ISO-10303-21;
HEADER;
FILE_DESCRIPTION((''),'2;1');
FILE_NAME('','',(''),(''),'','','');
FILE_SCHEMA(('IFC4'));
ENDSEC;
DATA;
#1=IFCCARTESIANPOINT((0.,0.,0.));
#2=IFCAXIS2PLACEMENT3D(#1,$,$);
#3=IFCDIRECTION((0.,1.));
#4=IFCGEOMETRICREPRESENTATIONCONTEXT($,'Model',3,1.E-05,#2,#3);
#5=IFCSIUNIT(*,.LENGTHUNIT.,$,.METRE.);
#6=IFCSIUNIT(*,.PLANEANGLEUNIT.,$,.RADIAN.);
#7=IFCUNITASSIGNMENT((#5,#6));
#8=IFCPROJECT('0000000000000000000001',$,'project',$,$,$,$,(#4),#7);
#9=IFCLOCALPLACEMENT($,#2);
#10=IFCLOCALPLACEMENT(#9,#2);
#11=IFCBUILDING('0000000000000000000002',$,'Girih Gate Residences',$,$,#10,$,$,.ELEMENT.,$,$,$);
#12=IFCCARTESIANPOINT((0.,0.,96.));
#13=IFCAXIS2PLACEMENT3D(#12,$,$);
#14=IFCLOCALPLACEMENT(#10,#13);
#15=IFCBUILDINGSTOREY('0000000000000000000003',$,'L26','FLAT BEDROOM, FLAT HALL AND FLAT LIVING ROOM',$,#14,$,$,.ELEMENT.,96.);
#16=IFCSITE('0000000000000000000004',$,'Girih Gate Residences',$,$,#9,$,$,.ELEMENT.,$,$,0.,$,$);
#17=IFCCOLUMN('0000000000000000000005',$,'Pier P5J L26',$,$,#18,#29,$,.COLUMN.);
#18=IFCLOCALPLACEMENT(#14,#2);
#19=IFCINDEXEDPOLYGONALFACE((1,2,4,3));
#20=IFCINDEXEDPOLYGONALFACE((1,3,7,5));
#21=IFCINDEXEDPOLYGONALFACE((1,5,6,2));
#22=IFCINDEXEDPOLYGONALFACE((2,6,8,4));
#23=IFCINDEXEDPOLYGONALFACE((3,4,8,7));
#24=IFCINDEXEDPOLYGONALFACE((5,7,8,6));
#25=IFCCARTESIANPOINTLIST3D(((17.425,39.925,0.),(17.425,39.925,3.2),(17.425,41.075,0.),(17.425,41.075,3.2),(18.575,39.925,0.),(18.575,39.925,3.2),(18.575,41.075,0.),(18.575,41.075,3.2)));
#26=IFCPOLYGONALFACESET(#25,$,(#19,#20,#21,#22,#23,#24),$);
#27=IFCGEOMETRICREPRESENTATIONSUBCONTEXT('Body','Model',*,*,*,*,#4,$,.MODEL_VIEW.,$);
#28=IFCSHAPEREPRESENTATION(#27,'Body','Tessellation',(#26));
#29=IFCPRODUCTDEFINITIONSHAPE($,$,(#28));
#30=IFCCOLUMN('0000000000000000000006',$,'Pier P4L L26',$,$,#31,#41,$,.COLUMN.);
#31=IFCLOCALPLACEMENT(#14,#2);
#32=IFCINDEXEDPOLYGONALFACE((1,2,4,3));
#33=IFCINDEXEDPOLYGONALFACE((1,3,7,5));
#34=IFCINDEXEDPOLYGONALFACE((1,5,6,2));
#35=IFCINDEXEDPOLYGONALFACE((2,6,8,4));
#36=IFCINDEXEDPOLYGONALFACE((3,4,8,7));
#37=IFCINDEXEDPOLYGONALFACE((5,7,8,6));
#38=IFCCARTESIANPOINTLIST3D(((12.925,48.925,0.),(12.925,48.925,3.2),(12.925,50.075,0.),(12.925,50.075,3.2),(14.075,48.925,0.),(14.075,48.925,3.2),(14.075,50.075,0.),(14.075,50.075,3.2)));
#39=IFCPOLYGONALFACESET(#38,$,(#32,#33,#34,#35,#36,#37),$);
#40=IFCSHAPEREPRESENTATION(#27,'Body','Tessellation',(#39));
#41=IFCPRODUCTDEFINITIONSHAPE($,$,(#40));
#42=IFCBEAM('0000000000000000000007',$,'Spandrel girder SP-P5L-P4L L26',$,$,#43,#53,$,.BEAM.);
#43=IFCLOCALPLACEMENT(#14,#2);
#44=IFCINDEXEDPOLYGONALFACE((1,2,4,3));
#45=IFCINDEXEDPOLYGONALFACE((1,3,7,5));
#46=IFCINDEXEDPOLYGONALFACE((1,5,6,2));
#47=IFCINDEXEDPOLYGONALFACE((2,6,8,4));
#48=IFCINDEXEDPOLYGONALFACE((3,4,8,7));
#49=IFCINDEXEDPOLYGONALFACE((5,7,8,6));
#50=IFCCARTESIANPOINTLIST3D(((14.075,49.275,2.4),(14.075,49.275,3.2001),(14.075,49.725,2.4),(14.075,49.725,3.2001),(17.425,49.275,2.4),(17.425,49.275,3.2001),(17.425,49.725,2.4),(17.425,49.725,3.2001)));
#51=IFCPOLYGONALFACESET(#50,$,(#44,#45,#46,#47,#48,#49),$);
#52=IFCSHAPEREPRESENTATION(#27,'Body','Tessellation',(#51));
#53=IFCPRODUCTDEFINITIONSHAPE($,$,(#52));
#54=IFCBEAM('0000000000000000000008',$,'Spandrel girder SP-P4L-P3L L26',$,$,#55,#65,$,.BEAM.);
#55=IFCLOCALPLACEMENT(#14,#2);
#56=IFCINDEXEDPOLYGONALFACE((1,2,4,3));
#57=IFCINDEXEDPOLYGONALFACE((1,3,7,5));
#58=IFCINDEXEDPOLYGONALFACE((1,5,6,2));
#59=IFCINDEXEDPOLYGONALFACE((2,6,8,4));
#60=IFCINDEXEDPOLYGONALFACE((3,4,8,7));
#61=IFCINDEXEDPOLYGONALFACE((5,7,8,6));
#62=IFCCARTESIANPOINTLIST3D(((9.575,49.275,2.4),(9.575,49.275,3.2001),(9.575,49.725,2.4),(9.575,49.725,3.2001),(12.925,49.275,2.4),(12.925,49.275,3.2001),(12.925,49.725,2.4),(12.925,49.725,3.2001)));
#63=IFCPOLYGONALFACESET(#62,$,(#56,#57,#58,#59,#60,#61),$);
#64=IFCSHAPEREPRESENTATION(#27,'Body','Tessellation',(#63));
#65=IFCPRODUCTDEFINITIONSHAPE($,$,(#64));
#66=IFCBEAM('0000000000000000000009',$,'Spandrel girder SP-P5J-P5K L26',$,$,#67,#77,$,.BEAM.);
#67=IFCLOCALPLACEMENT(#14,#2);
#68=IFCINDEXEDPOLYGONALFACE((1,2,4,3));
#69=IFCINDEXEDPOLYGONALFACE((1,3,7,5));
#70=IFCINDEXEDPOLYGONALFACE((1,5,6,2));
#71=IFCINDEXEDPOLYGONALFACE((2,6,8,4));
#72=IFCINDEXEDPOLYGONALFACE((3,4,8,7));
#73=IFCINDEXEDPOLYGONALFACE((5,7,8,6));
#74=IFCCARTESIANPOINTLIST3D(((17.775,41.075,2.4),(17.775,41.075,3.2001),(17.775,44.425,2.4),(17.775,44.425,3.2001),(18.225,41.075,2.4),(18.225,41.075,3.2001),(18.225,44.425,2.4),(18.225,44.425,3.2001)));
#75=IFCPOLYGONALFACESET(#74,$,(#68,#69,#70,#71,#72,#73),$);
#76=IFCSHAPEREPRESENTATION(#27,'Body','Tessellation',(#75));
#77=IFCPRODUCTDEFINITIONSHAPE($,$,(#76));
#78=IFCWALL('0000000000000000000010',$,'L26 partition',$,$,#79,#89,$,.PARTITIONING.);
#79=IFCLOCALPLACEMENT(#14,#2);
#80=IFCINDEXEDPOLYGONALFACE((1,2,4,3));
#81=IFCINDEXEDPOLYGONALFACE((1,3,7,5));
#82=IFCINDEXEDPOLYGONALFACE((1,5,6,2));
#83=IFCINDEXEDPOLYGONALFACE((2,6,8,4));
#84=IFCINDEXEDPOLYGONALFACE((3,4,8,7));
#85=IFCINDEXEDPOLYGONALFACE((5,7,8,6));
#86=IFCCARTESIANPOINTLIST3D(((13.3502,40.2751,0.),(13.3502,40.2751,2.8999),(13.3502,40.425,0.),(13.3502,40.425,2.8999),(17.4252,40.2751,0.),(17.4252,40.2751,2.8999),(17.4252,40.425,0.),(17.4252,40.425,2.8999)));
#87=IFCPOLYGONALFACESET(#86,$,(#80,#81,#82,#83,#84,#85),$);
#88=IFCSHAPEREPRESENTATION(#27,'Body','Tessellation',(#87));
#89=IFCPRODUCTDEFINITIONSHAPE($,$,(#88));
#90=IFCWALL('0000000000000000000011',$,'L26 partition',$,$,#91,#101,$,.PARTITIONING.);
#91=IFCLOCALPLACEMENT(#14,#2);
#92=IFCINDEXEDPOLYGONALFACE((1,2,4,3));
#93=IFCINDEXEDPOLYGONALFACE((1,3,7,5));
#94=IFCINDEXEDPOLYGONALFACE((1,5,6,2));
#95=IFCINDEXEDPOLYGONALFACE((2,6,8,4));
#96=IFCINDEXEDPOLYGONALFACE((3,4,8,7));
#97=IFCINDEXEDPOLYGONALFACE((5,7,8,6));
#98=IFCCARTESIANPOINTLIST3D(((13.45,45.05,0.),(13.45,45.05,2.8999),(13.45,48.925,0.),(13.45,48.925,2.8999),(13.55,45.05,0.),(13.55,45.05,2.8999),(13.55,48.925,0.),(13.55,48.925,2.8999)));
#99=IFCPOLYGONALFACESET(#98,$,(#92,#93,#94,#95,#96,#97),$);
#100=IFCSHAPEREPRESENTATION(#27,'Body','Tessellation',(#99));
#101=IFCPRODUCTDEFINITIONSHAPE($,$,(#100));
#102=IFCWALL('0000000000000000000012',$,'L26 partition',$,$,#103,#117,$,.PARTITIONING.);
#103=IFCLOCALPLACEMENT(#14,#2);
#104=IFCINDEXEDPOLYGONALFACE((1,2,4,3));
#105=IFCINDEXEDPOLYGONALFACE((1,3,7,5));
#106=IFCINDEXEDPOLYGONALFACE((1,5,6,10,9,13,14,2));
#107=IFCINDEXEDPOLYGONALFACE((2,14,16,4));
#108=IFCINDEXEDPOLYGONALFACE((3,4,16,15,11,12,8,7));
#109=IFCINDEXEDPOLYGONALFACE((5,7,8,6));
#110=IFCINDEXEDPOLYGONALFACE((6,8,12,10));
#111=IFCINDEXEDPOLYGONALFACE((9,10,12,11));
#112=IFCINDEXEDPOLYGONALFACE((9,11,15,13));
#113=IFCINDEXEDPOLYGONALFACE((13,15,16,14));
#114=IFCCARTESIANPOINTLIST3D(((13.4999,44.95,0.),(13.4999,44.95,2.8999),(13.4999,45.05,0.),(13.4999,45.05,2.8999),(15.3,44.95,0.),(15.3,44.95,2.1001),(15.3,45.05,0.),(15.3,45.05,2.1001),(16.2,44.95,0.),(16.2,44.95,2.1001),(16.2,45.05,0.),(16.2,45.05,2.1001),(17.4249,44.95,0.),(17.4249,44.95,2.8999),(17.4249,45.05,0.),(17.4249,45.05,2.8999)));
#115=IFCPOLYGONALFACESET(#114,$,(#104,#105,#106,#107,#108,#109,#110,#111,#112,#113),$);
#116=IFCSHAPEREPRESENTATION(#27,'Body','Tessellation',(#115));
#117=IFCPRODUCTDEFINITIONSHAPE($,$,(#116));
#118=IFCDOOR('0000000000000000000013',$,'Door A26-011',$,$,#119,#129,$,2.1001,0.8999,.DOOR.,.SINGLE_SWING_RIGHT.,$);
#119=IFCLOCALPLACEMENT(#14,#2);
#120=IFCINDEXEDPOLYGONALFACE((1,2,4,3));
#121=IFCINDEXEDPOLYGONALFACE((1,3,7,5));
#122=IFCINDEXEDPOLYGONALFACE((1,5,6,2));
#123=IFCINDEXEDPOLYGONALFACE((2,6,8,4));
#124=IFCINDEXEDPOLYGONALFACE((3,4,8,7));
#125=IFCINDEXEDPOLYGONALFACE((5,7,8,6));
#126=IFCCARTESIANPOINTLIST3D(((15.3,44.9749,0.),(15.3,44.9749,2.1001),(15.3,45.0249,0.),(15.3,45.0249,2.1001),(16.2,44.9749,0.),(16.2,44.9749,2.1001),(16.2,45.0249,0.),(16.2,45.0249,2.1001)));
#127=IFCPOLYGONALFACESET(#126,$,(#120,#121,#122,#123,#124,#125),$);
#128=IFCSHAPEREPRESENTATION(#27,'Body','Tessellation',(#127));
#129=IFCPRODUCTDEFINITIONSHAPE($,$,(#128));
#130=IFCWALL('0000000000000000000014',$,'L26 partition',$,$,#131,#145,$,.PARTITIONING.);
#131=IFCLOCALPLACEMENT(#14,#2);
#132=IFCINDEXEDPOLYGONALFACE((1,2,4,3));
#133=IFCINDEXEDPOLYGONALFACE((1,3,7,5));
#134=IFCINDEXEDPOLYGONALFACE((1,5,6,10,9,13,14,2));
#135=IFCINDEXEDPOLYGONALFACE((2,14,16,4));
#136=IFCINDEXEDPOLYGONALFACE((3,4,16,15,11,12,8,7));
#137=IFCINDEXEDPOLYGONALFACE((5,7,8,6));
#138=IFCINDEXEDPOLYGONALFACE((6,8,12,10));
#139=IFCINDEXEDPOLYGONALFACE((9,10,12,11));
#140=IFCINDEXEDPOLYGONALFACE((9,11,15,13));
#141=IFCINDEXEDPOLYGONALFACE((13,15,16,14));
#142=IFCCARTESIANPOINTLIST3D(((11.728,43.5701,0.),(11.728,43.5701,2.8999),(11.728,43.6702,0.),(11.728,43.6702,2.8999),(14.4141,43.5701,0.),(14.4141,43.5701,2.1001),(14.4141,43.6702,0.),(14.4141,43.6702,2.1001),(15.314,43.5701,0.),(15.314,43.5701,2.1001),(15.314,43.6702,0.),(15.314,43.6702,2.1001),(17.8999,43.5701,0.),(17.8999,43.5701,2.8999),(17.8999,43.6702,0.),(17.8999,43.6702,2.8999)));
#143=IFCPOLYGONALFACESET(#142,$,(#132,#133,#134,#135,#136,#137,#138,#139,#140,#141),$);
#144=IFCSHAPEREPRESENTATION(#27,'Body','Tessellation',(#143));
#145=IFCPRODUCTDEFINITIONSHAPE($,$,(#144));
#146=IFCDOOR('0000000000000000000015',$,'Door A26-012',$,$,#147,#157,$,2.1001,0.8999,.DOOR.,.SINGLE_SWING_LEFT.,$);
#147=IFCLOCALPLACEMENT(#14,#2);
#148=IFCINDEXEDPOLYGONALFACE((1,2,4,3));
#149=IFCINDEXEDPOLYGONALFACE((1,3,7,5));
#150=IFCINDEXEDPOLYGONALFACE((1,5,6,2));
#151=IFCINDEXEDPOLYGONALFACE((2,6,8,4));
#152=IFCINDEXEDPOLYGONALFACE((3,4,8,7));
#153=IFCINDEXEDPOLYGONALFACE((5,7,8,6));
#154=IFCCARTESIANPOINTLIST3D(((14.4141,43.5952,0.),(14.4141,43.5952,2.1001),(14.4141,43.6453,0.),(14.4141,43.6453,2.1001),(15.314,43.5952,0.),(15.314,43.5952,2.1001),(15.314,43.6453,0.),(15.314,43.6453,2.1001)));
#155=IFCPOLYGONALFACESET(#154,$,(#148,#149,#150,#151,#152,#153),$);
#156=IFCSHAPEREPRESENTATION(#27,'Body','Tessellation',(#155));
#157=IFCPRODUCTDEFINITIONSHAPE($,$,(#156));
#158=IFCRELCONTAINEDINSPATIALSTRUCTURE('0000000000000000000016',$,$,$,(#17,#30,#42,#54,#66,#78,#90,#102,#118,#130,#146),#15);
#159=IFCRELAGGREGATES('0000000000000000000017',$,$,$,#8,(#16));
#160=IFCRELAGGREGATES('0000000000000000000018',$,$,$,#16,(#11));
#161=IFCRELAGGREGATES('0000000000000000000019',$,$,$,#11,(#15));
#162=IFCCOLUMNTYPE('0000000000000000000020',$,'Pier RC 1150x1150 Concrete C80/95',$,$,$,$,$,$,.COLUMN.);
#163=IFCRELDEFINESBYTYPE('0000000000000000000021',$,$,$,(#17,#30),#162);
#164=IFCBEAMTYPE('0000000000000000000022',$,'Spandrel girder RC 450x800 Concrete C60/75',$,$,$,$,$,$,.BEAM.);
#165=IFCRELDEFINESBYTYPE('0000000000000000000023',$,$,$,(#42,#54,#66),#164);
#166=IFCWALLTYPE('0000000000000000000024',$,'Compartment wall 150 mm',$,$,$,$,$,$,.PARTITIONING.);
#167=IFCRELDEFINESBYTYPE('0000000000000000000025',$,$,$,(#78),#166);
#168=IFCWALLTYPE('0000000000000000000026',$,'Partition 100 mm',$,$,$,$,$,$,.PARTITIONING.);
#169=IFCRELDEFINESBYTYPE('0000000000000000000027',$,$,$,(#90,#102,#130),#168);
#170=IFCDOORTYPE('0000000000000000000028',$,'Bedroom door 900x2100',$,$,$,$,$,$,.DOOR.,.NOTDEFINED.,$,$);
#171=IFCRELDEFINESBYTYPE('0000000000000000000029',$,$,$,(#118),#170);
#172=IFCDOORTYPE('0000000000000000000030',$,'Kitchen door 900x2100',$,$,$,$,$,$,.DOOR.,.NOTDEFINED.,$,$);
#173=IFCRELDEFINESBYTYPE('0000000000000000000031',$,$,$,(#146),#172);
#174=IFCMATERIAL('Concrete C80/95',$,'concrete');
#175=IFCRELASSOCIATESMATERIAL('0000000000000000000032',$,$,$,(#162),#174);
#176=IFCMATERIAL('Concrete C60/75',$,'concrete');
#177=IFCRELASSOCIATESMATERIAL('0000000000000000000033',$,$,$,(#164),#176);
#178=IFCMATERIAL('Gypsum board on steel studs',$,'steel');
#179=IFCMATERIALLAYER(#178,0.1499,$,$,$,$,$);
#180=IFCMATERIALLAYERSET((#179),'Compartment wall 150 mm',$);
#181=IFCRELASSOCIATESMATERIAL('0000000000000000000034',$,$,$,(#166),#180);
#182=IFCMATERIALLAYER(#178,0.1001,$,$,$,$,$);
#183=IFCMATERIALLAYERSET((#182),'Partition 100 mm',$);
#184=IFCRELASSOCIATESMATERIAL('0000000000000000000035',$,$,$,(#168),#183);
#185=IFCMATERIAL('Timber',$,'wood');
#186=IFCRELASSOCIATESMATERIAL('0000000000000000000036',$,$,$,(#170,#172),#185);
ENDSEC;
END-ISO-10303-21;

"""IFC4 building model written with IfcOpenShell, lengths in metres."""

from ifc_helpers import new_model, si_unit, direction, frame, frame_2d, origin, origin_2d, place, context, subcontext, project, spatial, rectangle, extrude, material, layer, layer_set, material_profile, profile_set, type_object, element, fill, save


model = new_model("IFC4")

# Units and contexts
model_context = context("Model", 3, precision=1e-05, world=origin(), true_north=direction((0.0, 1.0)))
body_context = subcontext(model_context, "Body", "Model", "MODEL_VIEW")
ifc_project = project(units=[si_unit("LENGTHUNIT", "METRE"), si_unit("PLANEANGLEUNIT", "RADIAN")], contexts=[model_context])

# Site, building, storey
site_placement = place(None, origin())
site = spatial("IfcSite", under=ifc_project, at=site_placement, Name="Girih Gate Residences", CompositionType="ELEMENT", RefElevation=0.0)
building_placement = place(site_placement, origin())
building = spatial("IfcBuilding", under=site, at=building_placement, Name="Girih Gate Residences", CompositionType="ELEMENT")
storey_placement = place(building_placement, frame((0.0, 0.0, 96.0)))
storey = spatial("IfcBuildingStorey", under=building, at=storey_placement, Name="L26", Description="FLAT BEDROOM, FLAT HALL AND FLAT LIVING ROOM", CompositionType="ELEMENT", Elevation=96.0)

# Columns
ifc_material_1 = material(Name="Concrete C80/95", Category="concrete")
ifc_material_profile_1 = material_profile(ifc_material_1, rectangle(XDim=1.1499, YDim=1.1499, at=origin_2d()))
ifc_profile_set_1 = profile_set([ifc_material_profile_1], Name="Concrete C80/95")
column_type = type_object("IfcColumnType", Name="Pier RC 1150x1150 Concrete C80/95", PredefinedType="COLUMN", material=ifc_profile_set_1)
for number, where, z_axis, x_axis, name in (
    (1, (18.0, 40.5, 0.0), (0.0, 0.0, 1.0), (1.0, 0.0, 0.0), "Pier P5J L26"),
    (2, (13.5, 49.5, 0.0), (0.0, 0.0, 1.0), (1.0, 0.0, 0.0), "Pier P4L L26"),
):
    element("IfcColumn", number, at=place(storey_placement, frame(where, z_axis=z_axis, x_axis=x_axis)), inside=storey, type_object=column_type, Name=name, PredefinedType="COLUMN", context=body_context, shape_type="SweptSolid", body=[
        extrude(rectangle(XDim=1.1499, YDim=1.1499, at=origin_2d()), origin(), (0.0, 0.0, 1.0), 3.2),
    ])

# Beams
ifc_material_2 = material(Name="Concrete C60/75", Category="concrete")
ifc_material_profile_2 = material_profile(ifc_material_2, rectangle(XDim=0.45, YDim=0.8, at=origin_2d()))
ifc_profile_set_2 = profile_set([ifc_material_profile_2], Name="Concrete C60/75")
beam_type = type_object("IfcBeamType", Name="Spandrel girder RC 450x800 Concrete C60/75", PredefinedType="BEAM", material=ifc_profile_set_2)
for number, where, z_axis, x_axis, name in (
    (3, (17.425, 49.5, 2.8), (-1.0, 0.0, 0.0), (0.0, -1.0, 0.0), "Spandrel girder SP-P5L-P4L L26"),
    (4, (12.925, 49.5, 2.8), (-1.0, 0.0, 0.0), (0.0, -1.0, 0.0), "Spandrel girder SP-P4L-P3L L26"),
    (5, (18.0, 41.075, 2.8), (0.0, 1.0, 0.0), (-1.0, 0.0, 0.0), "Spandrel girder SP-P5J-P5K L26"),
):
    element("IfcBeam", number, at=place(storey_placement, frame(where, z_axis=z_axis, x_axis=x_axis)), inside=storey, type_object=beam_type, Name=name, PredefinedType="BEAM", context=body_context, shape_type="SweptSolid", body=[
        extrude(rectangle(XDim=0.45, YDim=0.8, at=origin_2d()), origin(), (0.0, 0.0, 1.0), 3.3501),
    ])

# Walls
ifc_material_3 = material(Name="Gypsum board on steel studs", Category="steel")
ifc_layer_1 = layer(ifc_material_3, 0.1499)
ifc_layer_set_1 = layer_set([ifc_layer_1], Name="Compartment wall 150 mm")
wall_type_1 = type_object("IfcWallType", Name="Compartment wall 150 mm", PredefinedType="PARTITIONING", material=ifc_layer_set_1)
wall_1_placement = place(storey_placement, frame((13.3501, 40.3501, 0.0), z_axis=(0.0, 0.0, 1.0), x_axis=(1.0, 0.0, 0.0)))
element("IfcWall", 6, at=wall_1_placement, inside=storey, type_object=wall_type_1, Name="L26 partition", PredefinedType="PARTITIONING", context=body_context, shape_type="SweptSolid", body=[
    extrude(rectangle(XDim=4.075, YDim=0.1499, at=frame_2d((2.0376, 0.0))), origin(), (0.0, 0.0, 1.0), 2.8999),
])
ifc_layer_2 = layer(ifc_material_3, 0.1001)
ifc_layer_set_2 = layer_set([ifc_layer_2], Name="Partition 100 mm")
wall_type_2 = type_object("IfcWallType", Name="Partition 100 mm", PredefinedType="PARTITIONING", material=ifc_layer_set_2)
wall_2_placement = place(storey_placement, frame((13.5, 45.05, 0.0), z_axis=(0.0, 0.0, 1.0), x_axis=(0.0, 1.0, 0.0)))
element("IfcWall", 7, at=wall_2_placement, inside=storey, type_object=wall_type_2, Name="L26 partition", PredefinedType="PARTITIONING", context=body_context, shape_type="SweptSolid", body=[
    extrude(rectangle(XDim=3.875, YDim=0.1001, at=frame_2d((1.9375, 0.0))), origin(), (0.0, 0.0, 1.0), 2.8999),
])

# Walls, openings, doors
wall_3_placement = place(storey_placement, frame((13.5, 45.0, 0.0), z_axis=(0.0, 0.0, 1.0), x_axis=(1.0, 0.0, 0.0)))
wall_3 = element("IfcWall", 8, at=wall_3_placement, inside=storey, type_object=wall_type_2, Name="L26 partition", PredefinedType="PARTITIONING", context=body_context, shape_type="SweptSolid", body=[
    extrude(rectangle(XDim=3.925, YDim=0.1001, at=frame_2d((1.9624, 0.0))), origin(), (0.0, 0.0, 1.0), 2.8999),
])
opening_1_placement = place(wall_3_placement, frame((1.8, 0.0, 0.0)))
opening_1 = element("IfcOpeningElement", 9, at=opening_1_placement, cuts=wall_3, PredefinedType="OPENING", context=body_context, shape_type="SweptSolid", body=[
    extrude(rectangle(XDim=0.8999, YDim=2.1001, at=frame_2d((0.45, 1.05))), frame((0.0, 0.0601, 0.0), z_axis=(0.0, -1.0, 0.0), x_axis=(1.0, 0.0, 0.0)), (0.0, 0.0, 1.0), 0.1201),
])
ifc_material_4 = material(Name="Timber", Category="wood")
door_type_1 = type_object("IfcDoorType", Name="Bedroom door 900x2100", OperationType="NOTDEFINED", PredefinedType="DOOR", material=ifc_material_4)
door_1_placement = place(opening_1_placement, origin())
door_1 = element("IfcDoor", 10, at=door_1_placement, inside=storey, type_object=door_type_1, Name="Door A26-011", OperationType="SINGLE_SWING_RIGHT", OverallHeight=2.1001, OverallWidth=0.8999, PredefinedType="DOOR", context=body_context, shape_type="SweptSolid", body=[
    extrude(rectangle(XDim=0.8999, YDim=2.1001, at=frame_2d((0.45, 1.05))), frame((0.0, 0.0249, 0.0), z_axis=(0.0, -1.0, 0.0), x_axis=(1.0, 0.0, 0.0)), (0.0, 0.0, 1.0), 0.05),
])
fill(opening_1, door_1)
wall_4_placement = place(storey_placement, frame((17.8999, 43.6201, 0.0), z_axis=(0.0, 0.0, 1.0), x_axis=(-1.0, 0.0, 0.0)))
wall_4 = element("IfcWall", 11, at=wall_4_placement, inside=storey, type_object=wall_type_2, Name="L26 partition", PredefinedType="PARTITIONING", context=body_context, shape_type="SweptSolid", body=[
    extrude(rectangle(XDim=6.1719, YDim=0.1001, at=frame_2d((3.0859, 0.0))), origin(), (0.0, 0.0, 1.0), 2.8999),
])
opening_2_placement = place(wall_4_placement, frame((2.5859, 0.0, 0.0)))
opening_2 = element("IfcOpeningElement", 12, at=opening_2_placement, cuts=wall_4, PredefinedType="OPENING", context=body_context, shape_type="SweptSolid", body=[
    extrude(rectangle(XDim=0.8999, YDim=2.1001, at=frame_2d((0.45, 1.05))), frame((0.0, 0.0601, 0.0), z_axis=(0.0, -1.0, 0.0), x_axis=(1.0, 0.0, 0.0)), (0.0, 0.0, 1.0), 0.1201),
])
door_type_2 = type_object("IfcDoorType", Name="Kitchen door 900x2100", OperationType="NOTDEFINED", PredefinedType="DOOR", material=ifc_material_4)
door_2_placement = place(opening_2_placement, origin())
door_2 = element("IfcDoor", 13, at=door_2_placement, inside=storey, type_object=door_type_2, Name="Door A26-012", OperationType="SINGLE_SWING_LEFT", OverallHeight=2.1001, OverallWidth=0.8999, PredefinedType="DOOR", context=body_context, shape_type="SweptSolid", body=[
    extrude(rectangle(XDim=0.8999, YDim=2.1001, at=frame_2d((0.45, 1.05))), frame((0.0, 0.0249, 0.0), z_axis=(0.0, -1.0, 0.0), x_axis=(1.0, 0.0, 0.0)), (0.0, 0.0, 1.0), 0.05),
])
fill(opening_2, door_2)

save(model, "model.ifc")
